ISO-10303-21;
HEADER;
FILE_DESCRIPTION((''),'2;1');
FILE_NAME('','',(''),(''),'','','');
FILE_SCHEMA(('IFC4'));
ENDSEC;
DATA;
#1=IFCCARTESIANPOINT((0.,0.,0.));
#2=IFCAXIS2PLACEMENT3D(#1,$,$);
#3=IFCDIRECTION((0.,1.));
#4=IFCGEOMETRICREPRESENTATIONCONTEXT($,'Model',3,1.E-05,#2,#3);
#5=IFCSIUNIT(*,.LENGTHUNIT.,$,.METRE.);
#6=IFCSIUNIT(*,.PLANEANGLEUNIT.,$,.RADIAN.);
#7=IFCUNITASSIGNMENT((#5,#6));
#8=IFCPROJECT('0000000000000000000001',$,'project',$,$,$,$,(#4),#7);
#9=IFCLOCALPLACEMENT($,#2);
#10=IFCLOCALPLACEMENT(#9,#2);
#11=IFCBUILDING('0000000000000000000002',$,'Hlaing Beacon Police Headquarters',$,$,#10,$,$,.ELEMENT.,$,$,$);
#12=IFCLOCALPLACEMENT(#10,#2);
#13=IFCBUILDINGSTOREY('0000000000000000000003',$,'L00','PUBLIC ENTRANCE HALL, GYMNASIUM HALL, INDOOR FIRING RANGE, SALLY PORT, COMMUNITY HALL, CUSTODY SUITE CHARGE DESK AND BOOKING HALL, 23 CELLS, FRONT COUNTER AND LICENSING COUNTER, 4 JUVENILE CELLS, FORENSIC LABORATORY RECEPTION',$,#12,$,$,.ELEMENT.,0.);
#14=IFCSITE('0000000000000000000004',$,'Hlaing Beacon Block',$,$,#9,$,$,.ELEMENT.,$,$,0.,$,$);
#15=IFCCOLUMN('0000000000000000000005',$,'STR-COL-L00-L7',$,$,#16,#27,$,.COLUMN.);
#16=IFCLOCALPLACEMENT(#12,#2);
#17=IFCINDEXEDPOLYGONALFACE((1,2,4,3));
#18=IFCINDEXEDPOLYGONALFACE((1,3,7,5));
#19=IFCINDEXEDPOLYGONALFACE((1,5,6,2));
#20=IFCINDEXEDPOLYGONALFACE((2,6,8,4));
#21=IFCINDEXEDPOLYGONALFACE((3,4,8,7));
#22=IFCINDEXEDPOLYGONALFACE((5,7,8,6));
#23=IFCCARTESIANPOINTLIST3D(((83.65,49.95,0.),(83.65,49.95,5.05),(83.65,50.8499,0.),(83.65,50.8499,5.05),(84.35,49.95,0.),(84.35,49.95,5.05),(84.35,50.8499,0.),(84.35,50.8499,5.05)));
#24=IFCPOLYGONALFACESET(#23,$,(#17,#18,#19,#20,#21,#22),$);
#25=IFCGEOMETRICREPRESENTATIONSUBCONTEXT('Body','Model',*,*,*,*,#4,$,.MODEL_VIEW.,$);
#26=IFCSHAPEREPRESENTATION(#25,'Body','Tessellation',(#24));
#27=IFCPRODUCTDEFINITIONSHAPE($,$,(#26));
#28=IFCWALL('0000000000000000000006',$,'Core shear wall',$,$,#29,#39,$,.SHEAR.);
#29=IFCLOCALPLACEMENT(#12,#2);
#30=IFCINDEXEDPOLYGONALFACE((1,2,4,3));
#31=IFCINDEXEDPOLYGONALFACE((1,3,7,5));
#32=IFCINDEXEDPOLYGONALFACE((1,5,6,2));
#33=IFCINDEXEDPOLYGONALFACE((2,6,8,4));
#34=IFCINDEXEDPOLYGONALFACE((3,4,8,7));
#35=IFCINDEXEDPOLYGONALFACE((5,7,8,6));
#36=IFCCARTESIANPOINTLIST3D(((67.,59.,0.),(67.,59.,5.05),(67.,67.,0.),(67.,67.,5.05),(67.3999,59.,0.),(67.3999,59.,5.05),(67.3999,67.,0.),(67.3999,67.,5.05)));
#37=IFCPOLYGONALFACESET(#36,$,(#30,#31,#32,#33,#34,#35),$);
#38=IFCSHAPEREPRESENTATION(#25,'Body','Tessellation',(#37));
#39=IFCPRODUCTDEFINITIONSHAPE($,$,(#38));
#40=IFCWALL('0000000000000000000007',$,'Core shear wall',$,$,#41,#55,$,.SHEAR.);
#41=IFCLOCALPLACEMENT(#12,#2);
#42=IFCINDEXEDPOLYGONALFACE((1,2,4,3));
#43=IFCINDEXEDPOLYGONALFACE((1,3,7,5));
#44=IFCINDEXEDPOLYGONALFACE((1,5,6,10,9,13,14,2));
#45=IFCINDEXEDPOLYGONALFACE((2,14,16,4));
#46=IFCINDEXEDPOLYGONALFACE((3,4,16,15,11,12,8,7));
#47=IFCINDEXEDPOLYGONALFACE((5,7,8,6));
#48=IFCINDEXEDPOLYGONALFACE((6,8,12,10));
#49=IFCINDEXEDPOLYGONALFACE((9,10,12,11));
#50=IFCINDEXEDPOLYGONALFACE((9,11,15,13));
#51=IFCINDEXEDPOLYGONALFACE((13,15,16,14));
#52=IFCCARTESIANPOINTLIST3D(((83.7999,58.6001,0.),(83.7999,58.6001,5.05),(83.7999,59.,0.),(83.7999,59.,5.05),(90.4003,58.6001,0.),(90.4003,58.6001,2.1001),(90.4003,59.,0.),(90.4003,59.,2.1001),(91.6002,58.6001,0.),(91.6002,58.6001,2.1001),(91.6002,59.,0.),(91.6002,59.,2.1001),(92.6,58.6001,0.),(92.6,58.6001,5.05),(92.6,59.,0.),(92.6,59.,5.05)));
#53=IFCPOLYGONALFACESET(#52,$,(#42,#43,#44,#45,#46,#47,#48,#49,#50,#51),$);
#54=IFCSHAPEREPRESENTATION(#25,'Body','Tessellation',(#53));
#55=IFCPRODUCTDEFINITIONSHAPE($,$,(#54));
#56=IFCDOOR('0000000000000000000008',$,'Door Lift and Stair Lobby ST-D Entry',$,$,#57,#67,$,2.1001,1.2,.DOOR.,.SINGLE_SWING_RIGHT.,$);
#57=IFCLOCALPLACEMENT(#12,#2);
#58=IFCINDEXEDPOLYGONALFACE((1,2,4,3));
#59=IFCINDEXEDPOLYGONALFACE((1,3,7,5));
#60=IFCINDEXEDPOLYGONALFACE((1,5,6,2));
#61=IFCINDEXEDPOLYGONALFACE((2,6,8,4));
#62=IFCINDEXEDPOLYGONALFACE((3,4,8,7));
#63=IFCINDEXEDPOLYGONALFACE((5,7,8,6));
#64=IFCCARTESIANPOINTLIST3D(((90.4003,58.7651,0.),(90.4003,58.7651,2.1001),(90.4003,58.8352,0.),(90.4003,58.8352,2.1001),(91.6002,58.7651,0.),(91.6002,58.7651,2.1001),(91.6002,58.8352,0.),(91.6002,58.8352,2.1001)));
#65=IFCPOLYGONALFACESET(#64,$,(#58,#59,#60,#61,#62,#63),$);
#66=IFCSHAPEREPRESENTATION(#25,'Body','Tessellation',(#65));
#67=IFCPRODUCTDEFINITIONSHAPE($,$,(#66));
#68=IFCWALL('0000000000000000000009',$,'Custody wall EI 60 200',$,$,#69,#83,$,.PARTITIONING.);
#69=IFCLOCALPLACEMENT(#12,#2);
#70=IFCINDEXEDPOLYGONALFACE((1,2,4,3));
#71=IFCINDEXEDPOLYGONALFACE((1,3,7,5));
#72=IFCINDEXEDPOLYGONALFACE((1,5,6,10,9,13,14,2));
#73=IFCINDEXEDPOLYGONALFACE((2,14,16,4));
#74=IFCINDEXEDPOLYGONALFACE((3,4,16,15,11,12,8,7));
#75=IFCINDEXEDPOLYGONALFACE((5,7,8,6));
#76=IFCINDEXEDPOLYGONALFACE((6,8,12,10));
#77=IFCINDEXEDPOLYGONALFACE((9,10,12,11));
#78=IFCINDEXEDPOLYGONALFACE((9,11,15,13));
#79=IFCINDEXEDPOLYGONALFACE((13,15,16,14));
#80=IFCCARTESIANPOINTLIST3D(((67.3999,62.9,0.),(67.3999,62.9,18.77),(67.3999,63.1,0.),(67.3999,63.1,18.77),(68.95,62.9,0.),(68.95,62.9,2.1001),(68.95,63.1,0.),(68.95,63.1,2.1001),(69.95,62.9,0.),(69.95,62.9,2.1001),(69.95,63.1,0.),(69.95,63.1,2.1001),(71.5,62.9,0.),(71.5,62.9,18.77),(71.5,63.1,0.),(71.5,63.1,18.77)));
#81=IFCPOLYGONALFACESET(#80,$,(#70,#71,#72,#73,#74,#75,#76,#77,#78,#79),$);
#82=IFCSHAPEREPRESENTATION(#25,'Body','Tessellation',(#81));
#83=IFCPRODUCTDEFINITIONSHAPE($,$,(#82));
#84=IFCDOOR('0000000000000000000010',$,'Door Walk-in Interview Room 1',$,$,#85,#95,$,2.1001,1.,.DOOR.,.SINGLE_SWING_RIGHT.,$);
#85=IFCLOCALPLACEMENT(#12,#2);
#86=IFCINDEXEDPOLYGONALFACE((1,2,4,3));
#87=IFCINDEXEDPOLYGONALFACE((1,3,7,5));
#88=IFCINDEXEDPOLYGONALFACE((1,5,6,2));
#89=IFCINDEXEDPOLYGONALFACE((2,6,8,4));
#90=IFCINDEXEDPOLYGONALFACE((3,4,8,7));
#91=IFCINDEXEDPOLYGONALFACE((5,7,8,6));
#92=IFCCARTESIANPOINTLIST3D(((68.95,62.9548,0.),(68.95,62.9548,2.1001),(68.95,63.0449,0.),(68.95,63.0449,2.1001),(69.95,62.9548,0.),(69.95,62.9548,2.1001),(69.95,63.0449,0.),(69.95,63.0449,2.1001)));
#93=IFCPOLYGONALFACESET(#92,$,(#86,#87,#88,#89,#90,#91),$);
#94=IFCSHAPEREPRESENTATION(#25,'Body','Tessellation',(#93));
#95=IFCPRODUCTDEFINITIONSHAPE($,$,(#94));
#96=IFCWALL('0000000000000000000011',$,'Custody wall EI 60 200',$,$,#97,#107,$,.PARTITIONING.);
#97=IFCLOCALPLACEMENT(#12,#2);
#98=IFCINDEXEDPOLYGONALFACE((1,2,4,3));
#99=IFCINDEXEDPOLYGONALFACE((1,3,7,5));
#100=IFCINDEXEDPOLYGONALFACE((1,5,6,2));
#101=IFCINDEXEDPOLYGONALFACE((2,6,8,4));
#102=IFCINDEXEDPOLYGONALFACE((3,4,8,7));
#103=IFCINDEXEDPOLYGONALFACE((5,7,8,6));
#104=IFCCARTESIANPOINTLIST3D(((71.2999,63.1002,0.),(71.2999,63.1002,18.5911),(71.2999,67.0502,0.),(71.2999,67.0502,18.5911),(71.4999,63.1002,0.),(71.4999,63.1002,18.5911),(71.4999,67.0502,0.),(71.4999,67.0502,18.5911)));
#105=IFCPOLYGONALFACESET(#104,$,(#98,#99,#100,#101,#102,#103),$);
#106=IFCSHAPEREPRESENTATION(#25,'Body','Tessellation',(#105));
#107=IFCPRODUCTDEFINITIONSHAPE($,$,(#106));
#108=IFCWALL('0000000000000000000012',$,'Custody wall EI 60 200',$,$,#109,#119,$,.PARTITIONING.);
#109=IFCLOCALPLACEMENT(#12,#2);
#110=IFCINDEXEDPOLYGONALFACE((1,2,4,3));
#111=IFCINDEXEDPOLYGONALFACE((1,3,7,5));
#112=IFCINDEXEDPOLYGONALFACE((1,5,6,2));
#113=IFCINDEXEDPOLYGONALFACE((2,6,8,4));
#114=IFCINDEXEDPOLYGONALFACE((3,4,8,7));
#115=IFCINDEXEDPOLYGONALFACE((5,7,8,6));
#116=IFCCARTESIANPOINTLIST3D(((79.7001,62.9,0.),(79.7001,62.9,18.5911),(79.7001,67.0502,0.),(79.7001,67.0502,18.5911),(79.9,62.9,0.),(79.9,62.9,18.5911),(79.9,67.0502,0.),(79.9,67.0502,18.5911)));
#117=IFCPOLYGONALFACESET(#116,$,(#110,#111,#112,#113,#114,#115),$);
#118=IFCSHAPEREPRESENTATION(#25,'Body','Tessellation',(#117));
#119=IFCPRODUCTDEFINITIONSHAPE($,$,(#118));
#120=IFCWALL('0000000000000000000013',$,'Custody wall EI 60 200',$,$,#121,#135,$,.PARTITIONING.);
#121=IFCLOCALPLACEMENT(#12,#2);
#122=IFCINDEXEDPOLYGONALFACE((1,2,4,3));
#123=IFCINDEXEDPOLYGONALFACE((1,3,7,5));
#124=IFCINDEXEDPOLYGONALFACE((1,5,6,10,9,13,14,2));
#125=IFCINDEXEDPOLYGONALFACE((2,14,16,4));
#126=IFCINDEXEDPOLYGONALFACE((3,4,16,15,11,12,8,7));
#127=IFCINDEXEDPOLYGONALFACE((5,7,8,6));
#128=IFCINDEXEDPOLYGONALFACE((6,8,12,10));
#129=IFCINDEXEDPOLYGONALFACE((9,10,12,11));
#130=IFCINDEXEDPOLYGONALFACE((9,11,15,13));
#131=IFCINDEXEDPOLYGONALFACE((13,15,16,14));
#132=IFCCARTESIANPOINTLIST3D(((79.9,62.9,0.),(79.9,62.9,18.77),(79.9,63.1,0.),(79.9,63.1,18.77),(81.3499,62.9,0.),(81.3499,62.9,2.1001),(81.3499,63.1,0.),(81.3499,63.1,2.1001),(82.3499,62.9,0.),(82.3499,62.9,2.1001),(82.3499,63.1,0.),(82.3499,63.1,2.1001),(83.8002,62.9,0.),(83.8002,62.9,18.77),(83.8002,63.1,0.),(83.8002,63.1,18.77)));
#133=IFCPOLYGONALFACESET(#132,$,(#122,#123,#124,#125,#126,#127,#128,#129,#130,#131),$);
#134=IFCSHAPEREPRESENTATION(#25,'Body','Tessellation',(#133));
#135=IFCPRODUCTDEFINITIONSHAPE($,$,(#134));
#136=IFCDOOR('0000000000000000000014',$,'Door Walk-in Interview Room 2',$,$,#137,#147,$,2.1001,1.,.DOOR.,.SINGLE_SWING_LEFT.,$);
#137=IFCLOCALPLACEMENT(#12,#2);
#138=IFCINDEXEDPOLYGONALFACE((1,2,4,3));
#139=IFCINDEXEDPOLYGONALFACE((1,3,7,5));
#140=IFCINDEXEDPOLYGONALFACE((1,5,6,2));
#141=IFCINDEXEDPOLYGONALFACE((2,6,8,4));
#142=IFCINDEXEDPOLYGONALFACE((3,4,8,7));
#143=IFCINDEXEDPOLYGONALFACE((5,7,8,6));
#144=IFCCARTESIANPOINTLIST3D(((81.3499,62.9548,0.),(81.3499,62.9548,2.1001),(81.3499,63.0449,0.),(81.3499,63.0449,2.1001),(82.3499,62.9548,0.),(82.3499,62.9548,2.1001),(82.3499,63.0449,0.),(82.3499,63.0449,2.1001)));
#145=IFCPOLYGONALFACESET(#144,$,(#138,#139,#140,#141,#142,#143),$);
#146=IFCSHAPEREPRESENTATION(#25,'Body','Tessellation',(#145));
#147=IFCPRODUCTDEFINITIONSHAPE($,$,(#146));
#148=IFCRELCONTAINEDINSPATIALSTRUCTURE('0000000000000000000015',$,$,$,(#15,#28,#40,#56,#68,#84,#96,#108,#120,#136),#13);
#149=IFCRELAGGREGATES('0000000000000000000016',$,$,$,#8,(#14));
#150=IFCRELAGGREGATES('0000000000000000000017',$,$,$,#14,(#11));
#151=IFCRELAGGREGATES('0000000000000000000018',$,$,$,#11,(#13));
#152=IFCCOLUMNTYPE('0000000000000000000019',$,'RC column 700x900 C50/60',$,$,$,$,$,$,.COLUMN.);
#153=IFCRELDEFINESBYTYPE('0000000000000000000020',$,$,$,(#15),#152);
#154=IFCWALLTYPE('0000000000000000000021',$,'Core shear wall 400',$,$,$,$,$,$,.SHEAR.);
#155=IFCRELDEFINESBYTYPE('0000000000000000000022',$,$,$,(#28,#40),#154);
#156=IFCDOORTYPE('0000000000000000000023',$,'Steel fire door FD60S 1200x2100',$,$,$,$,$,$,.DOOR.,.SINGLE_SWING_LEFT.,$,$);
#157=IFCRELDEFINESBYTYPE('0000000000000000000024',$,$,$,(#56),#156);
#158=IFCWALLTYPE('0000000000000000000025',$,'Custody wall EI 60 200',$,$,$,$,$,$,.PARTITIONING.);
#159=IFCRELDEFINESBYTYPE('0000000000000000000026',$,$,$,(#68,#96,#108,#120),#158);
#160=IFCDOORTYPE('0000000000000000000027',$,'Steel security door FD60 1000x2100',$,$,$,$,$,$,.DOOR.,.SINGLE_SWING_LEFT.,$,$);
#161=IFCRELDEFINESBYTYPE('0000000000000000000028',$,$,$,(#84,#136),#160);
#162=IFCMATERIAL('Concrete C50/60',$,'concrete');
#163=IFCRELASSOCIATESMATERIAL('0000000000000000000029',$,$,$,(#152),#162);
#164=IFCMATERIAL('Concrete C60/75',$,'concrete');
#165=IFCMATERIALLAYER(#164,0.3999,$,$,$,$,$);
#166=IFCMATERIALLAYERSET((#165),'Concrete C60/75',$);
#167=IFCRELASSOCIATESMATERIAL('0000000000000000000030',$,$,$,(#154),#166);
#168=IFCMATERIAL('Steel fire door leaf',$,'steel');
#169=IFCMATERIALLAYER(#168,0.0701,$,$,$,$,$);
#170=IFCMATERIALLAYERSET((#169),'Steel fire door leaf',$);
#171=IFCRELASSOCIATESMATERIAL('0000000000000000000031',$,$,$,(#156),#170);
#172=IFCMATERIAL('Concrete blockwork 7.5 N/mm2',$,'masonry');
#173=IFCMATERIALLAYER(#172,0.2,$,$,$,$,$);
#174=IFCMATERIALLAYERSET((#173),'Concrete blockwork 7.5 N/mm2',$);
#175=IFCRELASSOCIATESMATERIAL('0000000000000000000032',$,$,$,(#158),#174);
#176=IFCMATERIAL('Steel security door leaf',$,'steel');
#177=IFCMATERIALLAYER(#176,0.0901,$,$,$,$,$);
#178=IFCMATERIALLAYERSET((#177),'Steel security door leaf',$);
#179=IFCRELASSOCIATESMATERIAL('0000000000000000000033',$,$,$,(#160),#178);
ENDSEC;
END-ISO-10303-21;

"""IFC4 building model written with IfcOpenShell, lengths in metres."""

from ifc_helpers import new_model, si_unit, direction, frame, frame_2d, origin, origin_2d, place, context, subcontext, project, spatial, rectangle, extrude, material, layer, layer_set, material_profile, profile_set, type_object, element, fill, save


model = new_model("IFC4")

# Units and contexts
model_context = context("Model", 3, precision=1e-05, world=origin(), true_north=direction((0.0, 1.0)))
body_context = subcontext(model_context, "Body", "Model", "MODEL_VIEW")
ifc_project = project(units=[si_unit("LENGTHUNIT", "METRE"), si_unit("PLANEANGLEUNIT", "RADIAN")], contexts=[model_context])

# Site, building, storey
site_placement = place(None, origin())
site = spatial("IfcSite", under=ifc_project, at=site_placement, Name="Hlaing Beacon Block", CompositionType="ELEMENT", RefElevation=0.0)
building_placement = place(site_placement, origin())
building = spatial("IfcBuilding", under=site, at=building_placement, Name="Hlaing Beacon Police Headquarters", CompositionType="ELEMENT")
storey_placement = place(building_placement, origin())
storey = spatial("IfcBuildingStorey", under=building, at=storey_placement, Name="L00", Description="PUBLIC ENTRANCE HALL, GYMNASIUM HALL, INDOOR FIRING RANGE, SALLY PORT, COMMUNITY HALL, CUSTODY SUITE CHARGE DESK AND BOOKING HALL, 23 CELLS, FRONT COUNTER AND LICENSING COUNTER, 4 JUVENILE CELLS, FORENSIC LABORATORY RECEPTION", CompositionType="ELEMENT", Elevation=0.0)

# Column
ifc_material_1 = material(Name="Concrete C50/60", Category="concrete")
ifc_material_profile = material_profile(ifc_material_1, rectangle(XDim=0.7, YDim=0.8999, at=origin_2d()), Name="700x900")
ifc_profile_set = profile_set([ifc_material_profile], Name="Concrete C50/60")
column_type = type_object("IfcColumnType", Name="RC column 700x900 C50/60", PredefinedType="COLUMN", material=ifc_profile_set)
column_placement = place(storey_placement, frame((84.0, 50.3999, 0.0), z_axis=(0.0, 0.0, 1.0), x_axis=(1.0, 0.0, 0.0)))
element("IfcColumn", 1, at=column_placement, inside=storey, type_object=column_type, Name="STR-COL-L00-L7", PredefinedType="COLUMN", context=body_context, shape_type="SweptSolid", body=[
    extrude(rectangle(XDim=0.7, YDim=0.8999, at=origin_2d()), origin(), (0.0, 0.0, 1.0), 5.05),
])

# Wall
ifc_material_2 = material(Name="Concrete C60/75", Category="concrete")
ifc_layer_1 = layer(ifc_material_2, 0.3999)
ifc_layer_set_1 = layer_set([ifc_layer_1], Name="Concrete C60/75")
wall_type_1 = type_object("IfcWallType", Name="Core shear wall 400", PredefinedType="SHEAR", material=ifc_layer_set_1)
wall_1_placement = place(storey_placement, frame((67.2, 59.0, 0.0), z_axis=(0.0, 0.0, 1.0), x_axis=(0.0, 1.0, 0.0)))
element("IfcWall", 2, at=wall_1_placement, inside=storey, type_object=wall_type_1, Name="Core shear wall", PredefinedType="SHEAR", context=body_context, shape_type="SweptSolid", body=[
    extrude(rectangle(XDim=8.0, YDim=0.3999, at=frame_2d((4.0, 0.0))), origin(), (0.0, 0.0, 1.0), 5.05),
])

# Walls, openings, doors
wall_2_placement = place(storey_placement, frame((83.8, 58.8, 0.0), z_axis=(0.0, 0.0, 1.0), x_axis=(1.0, 0.0, 0.0)))
wall_2 = element("IfcWall", 3, at=wall_2_placement, inside=storey, type_object=wall_type_1, Name="Core shear wall", PredefinedType="SHEAR", context=body_context, shape_type="SweptSolid", body=[
    extrude(rectangle(XDim=8.8, YDim=0.3999, at=frame_2d((4.3999, 0.0))), origin(), (0.0, 0.0, 1.0), 5.05),
])
opening_1_placement = place(wall_2_placement, frame((6.6001, 0.0, 0.0)))
opening_1 = element("IfcOpeningElement", 4, at=opening_1_placement, cuts=wall_2, PredefinedType="OPENING", context=body_context, shape_type="SweptSolid", body=[
    extrude(rectangle(XDim=1.2, YDim=2.1001, at=frame_2d((0.6001, 1.05))), frame((0.0, 0.21, 0.0), z_axis=(0.0, -1.0, 0.0), x_axis=(1.0, 0.0, 0.0)), (0.0, 0.0, 1.0), 0.4199),
])
ifc_material_3 = material(Name="Steel fire door leaf", Category="steel")
ifc_layer_2 = layer(ifc_material_3, 0.0701)
ifc_layer_set_2 = layer_set([ifc_layer_2], Name="Steel fire door leaf")
door_type_1 = type_object("IfcDoorType", Name="Steel fire door FD60S 1200x2100", OperationType="SINGLE_SWING_LEFT", PredefinedType="DOOR", material=ifc_layer_set_2)
door_1_placement = place(opening_1_placement, origin())
door_1 = element("IfcDoor", 5, at=door_1_placement, inside=storey, type_object=door_type_1, Name="Door Lift and Stair Lobby ST-D Entry", OperationType="SINGLE_SWING_RIGHT", OverallHeight=2.1001, OverallWidth=1.2, PredefinedType="DOOR", context=body_context, shape_type="SweptSolid", body=[
    extrude(rectangle(XDim=1.2, YDim=2.1001, at=frame_2d((0.6001, 1.05))), frame((0.0, 0.0352, 0.0), z_axis=(0.0, -1.0, 0.0), x_axis=(1.0, 0.0, 0.0)), (0.0, 0.0, 1.0), 0.0701),
])
fill(opening_1, door_1)
ifc_material_4 = material(Name="Concrete blockwork 7.5 N/mm2", Category="masonry")
ifc_layer_3 = layer(ifc_material_4, 0.2)
ifc_layer_set_3 = layer_set([ifc_layer_3], Name="Concrete blockwork 7.5 N/mm2")
wall_type_2 = type_object("IfcWallType", Name="Custody wall EI 60 200", PredefinedType="PARTITIONING", material=ifc_layer_set_3)
wall_3_placement = place(storey_placement, frame((67.3999, 63.0, 0.0), z_axis=(0.0, 0.0, 1.0), x_axis=(1.0, 0.0, 0.0)))
wall_3 = element("IfcWall", 6, at=wall_3_placement, inside=storey, type_object=wall_type_2, Name="Custody wall EI 60 200", PredefinedType="PARTITIONING", context=body_context, shape_type="SweptSolid", body=[
    extrude(rectangle(XDim=4.1001, YDim=0.2, at=frame_2d((2.05, 0.0))), origin(), (0.0, 0.0, 1.0), 18.77),
])
opening_2_placement = place(wall_3_placement, frame((1.55, 0.0, 0.0)))
opening_2 = element("IfcOpeningElement", 7, at=opening_2_placement, cuts=wall_3, PredefinedType="OPENING", context=body_context, shape_type="SweptSolid", body=[
    extrude(rectangle(XDim=1.0, YDim=2.1001, at=frame_2d((0.5, 1.05))), frame((0.0, 0.1099, 0.0), z_axis=(0.0, -1.0, 0.0), x_axis=(1.0, 0.0, 0.0)), (0.0, 0.0, 1.0), 0.22),
])
ifc_material_5 = material(Name="Steel security door leaf", Category="steel")
ifc_layer_4 = layer(ifc_material_5, 0.0901)
ifc_layer_set_4 = layer_set([ifc_layer_4], Name="Steel security door leaf")
door_type_2 = type_object("IfcDoorType", Name="Steel security door FD60 1000x2100", OperationType="SINGLE_SWING_LEFT", PredefinedType="DOOR", material=ifc_layer_set_4)
door_2_placement = place(opening_2_placement, origin())
door_2 = element("IfcDoor", 8, at=door_2_placement, inside=storey, type_object=door_type_2, Name="Door Walk-in Interview Room 1", OperationType="SINGLE_SWING_RIGHT", OverallHeight=2.1001, OverallWidth=1.0, PredefinedType="DOOR", context=body_context, shape_type="SweptSolid", body=[
    extrude(rectangle(XDim=1.0, YDim=2.1001, at=frame_2d((0.5, 1.05))), frame((0.0, 0.0449, 0.0), z_axis=(0.0, -1.0, 0.0), x_axis=(1.0, 0.0, 0.0)), (0.0, 0.0, 1.0), 0.0901),
])
fill(opening_2, door_2)

# Walls
wall_4_placement = place(storey_placement, frame((71.3999, 63.1001, 0.0), z_axis=(0.0, 0.0, 1.0), x_axis=(0.0, 1.0, 0.0)))
element("IfcWall", 9, at=wall_4_placement, inside=storey, type_object=wall_type_2, Name="Custody wall EI 60 200", PredefinedType="PARTITIONING", context=body_context, shape_type="SweptSolid", body=[
    extrude(rectangle(XDim=3.95, YDim=0.2, at=frame_2d((1.9751, 0.0))), origin(), (0.0, 0.0, 1.0), 18.5911),
])
wall_5_placement = place(storey_placement, frame((79.8, 62.8999, 0.0), z_axis=(0.0, 0.0, 1.0), x_axis=(0.0, 1.0, 0.0)))
element("IfcWall", 10, at=wall_5_placement, inside=storey, type_object=wall_type_2, Name="Custody wall EI 60 200", PredefinedType="PARTITIONING", context=body_context, shape_type="SweptSolid", body=[
    extrude(rectangle(XDim=4.1501, YDim=0.2, at=frame_2d((2.0752, 0.0))), origin(), (0.0, 0.0, 1.0), 18.5911),
])

# Wall, opening, door
wall_6_placement = place(storey_placement, frame((79.8999, 63.0, 0.0), z_axis=(0.0, 0.0, 1.0), x_axis=(1.0, 0.0, 0.0)))
wall_6 = element("IfcWall", 11, at=wall_6_placement, inside=storey, type_object=wall_type_2, Name="Custody wall EI 60 200", PredefinedType="PARTITIONING", context=body_context, shape_type="SweptSolid", body=[
    extrude(rectangle(XDim=3.9001, YDim=0.2, at=frame_2d((1.9502, 0.0))), origin(), (0.0, 0.0, 1.0), 18.77),
])
opening_3_placement = place(wall_6_placement, frame((1.45, 0.0, 0.0)))
opening_3 = element("IfcOpeningElement", 12, at=opening_3_placement, cuts=wall_6, PredefinedType="OPENING", context=body_context, shape_type="SweptSolid", body=[
    extrude(rectangle(XDim=1.0, YDim=2.1001, at=frame_2d((0.5, 1.05))), frame((0.0, 0.1099, 0.0), z_axis=(0.0, -1.0, 0.0), x_axis=(1.0, 0.0, 0.0)), (0.0, 0.0, 1.0), 0.22),
])
door_3_placement = place(opening_3_placement, origin())
door_3 = element("IfcDoor", 13, at=door_3_placement, inside=storey, type_object=door_type_2, Name="Door Walk-in Interview Room 2", OperationType="SINGLE_SWING_LEFT", OverallHeight=2.1001, OverallWidth=1.0, PredefinedType="DOOR", context=body_context, shape_type="SweptSolid", body=[
    extrude(rectangle(XDim=1.0, YDim=2.1001, at=frame_2d((0.5, 1.05))), frame((0.0, 0.0449, 0.0), z_axis=(0.0, -1.0, 0.0), x_axis=(1.0, 0.0, 0.0)), (0.0, 0.0, 1.0), 0.0901),
])
fill(opening_3, door_3)

save(model, "model.ifc")
